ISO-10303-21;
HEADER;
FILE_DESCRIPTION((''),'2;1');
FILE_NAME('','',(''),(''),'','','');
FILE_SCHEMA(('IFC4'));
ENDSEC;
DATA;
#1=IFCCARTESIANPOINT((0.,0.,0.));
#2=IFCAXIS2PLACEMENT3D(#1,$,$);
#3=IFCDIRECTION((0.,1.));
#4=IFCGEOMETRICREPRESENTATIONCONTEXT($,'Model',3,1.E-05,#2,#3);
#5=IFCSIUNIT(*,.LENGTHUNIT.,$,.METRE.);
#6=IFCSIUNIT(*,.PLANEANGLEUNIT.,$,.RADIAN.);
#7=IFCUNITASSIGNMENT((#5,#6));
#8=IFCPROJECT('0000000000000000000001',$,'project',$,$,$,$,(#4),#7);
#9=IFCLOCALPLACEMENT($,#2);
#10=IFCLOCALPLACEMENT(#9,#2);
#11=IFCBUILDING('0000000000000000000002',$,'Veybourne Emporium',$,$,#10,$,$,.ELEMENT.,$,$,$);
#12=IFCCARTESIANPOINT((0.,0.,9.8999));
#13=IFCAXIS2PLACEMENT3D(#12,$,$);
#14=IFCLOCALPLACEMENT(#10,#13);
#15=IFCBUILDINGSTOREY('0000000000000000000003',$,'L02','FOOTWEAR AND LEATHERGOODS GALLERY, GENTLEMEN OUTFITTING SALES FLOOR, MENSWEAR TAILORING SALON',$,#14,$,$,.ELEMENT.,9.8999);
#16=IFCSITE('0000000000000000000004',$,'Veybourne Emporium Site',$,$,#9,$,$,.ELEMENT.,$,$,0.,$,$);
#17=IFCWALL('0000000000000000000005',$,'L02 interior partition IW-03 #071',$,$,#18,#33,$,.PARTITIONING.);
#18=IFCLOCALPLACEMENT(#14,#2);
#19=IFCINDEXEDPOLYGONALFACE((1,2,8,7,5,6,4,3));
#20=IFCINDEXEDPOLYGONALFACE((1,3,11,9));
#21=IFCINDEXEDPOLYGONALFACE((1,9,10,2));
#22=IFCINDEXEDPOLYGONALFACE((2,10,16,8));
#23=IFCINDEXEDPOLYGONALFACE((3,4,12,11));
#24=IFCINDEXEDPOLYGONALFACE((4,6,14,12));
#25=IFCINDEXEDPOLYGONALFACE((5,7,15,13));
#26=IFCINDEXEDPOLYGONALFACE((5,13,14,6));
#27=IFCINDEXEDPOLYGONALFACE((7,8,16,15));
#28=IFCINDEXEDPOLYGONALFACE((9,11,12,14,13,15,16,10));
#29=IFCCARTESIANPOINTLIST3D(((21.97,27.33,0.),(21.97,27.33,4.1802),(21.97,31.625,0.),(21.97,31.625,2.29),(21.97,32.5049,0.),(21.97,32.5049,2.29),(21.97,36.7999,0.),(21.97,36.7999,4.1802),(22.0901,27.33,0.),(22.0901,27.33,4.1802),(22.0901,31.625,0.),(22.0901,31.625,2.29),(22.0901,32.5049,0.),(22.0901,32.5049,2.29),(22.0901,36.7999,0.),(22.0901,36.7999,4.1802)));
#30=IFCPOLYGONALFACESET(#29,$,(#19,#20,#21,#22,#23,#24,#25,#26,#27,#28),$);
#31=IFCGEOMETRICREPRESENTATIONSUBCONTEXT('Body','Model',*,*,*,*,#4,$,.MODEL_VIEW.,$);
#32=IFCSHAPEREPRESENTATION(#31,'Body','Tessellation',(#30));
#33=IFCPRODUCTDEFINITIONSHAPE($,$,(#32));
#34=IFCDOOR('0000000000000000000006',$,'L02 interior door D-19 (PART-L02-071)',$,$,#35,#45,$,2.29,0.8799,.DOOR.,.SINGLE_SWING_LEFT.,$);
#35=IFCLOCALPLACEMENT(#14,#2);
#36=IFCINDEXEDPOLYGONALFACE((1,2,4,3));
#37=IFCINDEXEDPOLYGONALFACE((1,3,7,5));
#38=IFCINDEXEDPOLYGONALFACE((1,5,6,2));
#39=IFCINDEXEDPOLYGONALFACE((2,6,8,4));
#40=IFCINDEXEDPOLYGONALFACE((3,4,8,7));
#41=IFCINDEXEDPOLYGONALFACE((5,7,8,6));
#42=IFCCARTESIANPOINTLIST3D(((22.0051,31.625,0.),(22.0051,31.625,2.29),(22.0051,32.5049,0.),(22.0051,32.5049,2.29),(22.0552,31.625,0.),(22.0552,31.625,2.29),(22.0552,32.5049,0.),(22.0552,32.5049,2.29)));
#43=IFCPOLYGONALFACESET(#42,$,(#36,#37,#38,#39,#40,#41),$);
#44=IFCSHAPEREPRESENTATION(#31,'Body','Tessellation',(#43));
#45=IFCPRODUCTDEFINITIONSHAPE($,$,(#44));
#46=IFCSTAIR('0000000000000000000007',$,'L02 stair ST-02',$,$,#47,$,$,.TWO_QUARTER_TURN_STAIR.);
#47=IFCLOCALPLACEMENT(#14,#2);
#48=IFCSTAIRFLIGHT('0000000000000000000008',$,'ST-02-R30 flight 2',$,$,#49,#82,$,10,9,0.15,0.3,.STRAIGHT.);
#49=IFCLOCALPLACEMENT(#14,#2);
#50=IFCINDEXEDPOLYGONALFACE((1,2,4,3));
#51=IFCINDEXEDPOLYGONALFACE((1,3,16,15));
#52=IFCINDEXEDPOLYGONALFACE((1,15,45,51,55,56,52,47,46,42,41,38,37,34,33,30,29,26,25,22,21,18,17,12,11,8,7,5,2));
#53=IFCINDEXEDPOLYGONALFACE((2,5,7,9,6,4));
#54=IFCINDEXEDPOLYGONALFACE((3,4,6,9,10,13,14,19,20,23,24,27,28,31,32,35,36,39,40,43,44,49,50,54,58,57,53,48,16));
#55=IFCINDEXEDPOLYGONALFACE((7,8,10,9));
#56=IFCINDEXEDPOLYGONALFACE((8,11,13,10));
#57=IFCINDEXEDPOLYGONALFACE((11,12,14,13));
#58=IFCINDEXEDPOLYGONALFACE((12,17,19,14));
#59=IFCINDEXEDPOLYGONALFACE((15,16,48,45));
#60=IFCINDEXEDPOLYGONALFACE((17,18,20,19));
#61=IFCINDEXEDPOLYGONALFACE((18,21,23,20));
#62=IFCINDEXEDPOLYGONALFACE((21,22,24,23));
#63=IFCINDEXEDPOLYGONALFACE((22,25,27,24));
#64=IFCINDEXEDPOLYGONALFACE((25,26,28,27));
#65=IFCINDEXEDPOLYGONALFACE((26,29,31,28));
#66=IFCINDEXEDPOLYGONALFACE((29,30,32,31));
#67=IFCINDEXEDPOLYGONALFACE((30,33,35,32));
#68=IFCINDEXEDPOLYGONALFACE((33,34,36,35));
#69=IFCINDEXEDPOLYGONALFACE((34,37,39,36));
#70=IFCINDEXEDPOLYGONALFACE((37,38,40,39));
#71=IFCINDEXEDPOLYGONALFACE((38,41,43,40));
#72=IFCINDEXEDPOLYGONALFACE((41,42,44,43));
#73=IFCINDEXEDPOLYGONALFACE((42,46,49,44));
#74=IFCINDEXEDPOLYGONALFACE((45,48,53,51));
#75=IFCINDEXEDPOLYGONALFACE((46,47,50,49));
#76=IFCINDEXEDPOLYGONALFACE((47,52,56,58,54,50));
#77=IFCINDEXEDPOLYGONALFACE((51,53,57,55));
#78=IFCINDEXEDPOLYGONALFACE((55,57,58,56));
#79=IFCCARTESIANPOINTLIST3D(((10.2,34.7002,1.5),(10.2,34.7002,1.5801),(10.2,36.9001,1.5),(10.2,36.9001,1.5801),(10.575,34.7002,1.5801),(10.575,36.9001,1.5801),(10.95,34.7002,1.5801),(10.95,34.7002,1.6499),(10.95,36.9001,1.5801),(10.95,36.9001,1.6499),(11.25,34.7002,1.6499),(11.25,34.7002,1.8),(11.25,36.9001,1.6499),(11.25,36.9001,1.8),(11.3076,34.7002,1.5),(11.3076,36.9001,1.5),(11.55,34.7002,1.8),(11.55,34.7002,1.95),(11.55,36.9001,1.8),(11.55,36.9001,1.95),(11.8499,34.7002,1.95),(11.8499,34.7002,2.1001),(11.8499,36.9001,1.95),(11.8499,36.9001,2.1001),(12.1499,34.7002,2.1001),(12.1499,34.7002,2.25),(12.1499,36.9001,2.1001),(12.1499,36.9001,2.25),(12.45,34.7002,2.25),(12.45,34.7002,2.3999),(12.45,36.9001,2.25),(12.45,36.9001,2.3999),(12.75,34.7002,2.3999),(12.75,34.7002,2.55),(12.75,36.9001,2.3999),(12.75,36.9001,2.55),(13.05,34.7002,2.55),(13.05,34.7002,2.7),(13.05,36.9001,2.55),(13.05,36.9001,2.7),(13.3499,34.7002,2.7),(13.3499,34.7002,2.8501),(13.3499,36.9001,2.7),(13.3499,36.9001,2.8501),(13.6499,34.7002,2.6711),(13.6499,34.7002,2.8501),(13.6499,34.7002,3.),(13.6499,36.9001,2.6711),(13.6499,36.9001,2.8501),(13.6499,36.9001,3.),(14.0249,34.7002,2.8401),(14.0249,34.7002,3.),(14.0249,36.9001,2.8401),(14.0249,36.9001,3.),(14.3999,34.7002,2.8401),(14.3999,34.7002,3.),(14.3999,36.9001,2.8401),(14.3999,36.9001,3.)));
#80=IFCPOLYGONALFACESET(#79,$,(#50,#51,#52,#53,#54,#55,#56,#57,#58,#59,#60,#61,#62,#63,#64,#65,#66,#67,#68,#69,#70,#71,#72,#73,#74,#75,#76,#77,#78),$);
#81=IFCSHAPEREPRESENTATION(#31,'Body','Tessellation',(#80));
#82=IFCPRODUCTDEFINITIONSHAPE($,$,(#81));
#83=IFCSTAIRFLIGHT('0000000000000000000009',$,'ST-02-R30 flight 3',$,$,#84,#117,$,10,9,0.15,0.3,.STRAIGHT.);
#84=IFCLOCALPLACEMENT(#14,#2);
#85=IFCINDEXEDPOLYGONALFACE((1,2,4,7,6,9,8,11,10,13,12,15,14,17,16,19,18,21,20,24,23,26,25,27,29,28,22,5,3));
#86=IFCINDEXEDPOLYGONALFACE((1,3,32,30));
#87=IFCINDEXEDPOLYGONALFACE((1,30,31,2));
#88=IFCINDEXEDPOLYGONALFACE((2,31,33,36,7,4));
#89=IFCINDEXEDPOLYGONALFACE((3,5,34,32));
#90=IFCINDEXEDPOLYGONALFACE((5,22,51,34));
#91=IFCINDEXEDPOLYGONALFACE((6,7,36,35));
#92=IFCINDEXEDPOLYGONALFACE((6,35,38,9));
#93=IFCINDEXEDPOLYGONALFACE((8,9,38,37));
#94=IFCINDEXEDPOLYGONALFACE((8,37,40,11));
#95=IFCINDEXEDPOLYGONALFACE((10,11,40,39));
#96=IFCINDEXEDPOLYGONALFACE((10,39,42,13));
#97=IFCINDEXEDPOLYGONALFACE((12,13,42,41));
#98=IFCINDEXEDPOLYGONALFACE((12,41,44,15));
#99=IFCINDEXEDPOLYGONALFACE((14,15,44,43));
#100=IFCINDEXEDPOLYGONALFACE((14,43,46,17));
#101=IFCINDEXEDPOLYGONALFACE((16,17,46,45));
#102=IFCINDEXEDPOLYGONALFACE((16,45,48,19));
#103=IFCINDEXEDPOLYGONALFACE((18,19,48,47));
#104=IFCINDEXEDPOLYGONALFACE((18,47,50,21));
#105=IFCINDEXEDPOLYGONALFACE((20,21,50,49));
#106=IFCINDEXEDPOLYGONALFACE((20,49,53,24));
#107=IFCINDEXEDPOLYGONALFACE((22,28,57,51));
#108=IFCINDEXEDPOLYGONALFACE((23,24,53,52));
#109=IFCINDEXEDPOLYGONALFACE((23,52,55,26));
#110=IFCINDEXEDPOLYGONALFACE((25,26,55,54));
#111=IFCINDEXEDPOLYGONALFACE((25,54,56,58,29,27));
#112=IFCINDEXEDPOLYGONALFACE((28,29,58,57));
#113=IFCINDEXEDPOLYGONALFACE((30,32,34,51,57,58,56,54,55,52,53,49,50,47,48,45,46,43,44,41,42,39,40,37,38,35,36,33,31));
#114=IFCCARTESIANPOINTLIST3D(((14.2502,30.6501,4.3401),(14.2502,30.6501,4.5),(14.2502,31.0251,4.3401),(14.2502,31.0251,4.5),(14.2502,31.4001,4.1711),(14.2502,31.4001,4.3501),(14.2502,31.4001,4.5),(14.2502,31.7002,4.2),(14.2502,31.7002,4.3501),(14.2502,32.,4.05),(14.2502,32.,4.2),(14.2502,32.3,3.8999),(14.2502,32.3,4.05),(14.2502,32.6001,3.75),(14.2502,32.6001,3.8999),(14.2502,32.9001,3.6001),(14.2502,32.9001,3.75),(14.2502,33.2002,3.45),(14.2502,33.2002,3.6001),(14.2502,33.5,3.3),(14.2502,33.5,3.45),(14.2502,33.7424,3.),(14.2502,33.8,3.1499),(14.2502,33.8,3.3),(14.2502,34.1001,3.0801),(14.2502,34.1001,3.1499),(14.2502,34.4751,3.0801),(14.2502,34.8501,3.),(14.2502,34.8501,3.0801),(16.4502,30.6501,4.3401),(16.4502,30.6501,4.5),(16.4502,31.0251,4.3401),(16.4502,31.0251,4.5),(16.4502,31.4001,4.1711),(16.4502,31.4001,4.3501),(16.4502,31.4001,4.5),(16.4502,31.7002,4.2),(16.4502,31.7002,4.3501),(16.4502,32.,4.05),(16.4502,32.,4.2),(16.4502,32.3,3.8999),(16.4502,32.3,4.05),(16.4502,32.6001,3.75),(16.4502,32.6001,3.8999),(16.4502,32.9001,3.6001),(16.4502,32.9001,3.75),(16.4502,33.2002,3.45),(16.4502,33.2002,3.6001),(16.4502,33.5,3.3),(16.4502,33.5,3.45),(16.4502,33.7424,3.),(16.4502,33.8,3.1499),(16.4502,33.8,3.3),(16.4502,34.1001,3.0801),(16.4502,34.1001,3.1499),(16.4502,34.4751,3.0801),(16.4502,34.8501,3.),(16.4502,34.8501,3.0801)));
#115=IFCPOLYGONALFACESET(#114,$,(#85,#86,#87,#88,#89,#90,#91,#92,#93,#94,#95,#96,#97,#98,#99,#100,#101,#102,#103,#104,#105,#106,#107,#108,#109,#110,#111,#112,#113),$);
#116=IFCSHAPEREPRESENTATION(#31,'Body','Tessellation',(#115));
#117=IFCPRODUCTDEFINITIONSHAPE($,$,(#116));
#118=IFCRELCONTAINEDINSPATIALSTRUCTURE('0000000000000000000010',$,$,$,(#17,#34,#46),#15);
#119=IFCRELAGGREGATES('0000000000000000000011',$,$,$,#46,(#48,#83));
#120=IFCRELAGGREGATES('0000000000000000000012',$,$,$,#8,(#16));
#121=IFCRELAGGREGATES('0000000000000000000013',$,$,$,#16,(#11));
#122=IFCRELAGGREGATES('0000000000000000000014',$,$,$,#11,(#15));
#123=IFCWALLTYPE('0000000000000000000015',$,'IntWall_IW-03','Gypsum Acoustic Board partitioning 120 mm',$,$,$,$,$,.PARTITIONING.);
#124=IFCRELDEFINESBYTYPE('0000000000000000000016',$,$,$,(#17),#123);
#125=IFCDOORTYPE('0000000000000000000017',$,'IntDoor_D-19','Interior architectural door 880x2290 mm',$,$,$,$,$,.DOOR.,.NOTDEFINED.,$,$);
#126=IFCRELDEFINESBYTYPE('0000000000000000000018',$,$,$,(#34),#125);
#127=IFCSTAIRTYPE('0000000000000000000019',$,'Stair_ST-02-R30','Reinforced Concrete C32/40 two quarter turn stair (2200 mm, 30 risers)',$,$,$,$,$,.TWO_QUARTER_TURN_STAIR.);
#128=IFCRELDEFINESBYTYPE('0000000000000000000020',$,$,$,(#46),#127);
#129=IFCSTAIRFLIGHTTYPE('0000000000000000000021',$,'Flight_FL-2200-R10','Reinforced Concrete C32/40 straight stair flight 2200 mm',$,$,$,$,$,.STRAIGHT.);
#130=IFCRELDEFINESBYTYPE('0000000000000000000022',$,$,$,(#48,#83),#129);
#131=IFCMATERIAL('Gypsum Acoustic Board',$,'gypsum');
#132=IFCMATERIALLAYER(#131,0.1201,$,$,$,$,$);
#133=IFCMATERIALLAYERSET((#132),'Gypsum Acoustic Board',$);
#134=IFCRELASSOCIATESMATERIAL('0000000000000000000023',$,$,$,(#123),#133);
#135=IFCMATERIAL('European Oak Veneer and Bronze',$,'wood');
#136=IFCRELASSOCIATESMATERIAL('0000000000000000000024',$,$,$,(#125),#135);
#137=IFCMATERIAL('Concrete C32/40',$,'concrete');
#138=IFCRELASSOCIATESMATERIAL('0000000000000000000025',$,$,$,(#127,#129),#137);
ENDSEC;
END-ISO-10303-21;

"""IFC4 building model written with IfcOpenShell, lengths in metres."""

from ifc_helpers import new_model, si_unit, direction, frame, frame_2d, origin, place, context, subcontext, project, spatial, polyline, rectangle, outline, extrude, material, layer, layer_set, type_object, element, fill, aggregate, save


model = new_model("IFC4")

# Units and contexts
model_context = context("Model", 3, precision=1e-05, world=origin(), true_north=direction((0.0, 1.0)))
body_context = subcontext(model_context, "Body", "Model", "MODEL_VIEW")
ifc_project = project(units=[si_unit("LENGTHUNIT", "METRE"), si_unit("PLANEANGLEUNIT", "RADIAN")], contexts=[model_context])

# Site, building, storey
site_placement = place(None, origin())
site = spatial("IfcSite", under=ifc_project, at=site_placement, Name="Veybourne Emporium Site", CompositionType="ELEMENT", RefElevation=0.0)
building_placement = place(site_placement, origin())
building = spatial("IfcBuilding", under=site, at=building_placement, Name="Veybourne Emporium", CompositionType="ELEMENT")
storey_placement = place(building_placement, frame((0.0, 0.0, 9.8999)))
storey = spatial("IfcBuildingStorey", under=building, at=storey_placement, Name="L02", Description="FOOTWEAR AND LEATHERGOODS GALLERY, GENTLEMEN OUTFITTING SALES FLOOR, MENSWEAR TAILORING SALON", CompositionType="ELEMENT", Elevation=9.8999)

# Shared definitions
ifc_material_1 = material(Name="Concrete C32/40", Category="concrete")

# Wall, opening, door
ifc_material_2 = material(Name="Gypsum Acoustic Board", Category="gypsum")
ifc_material_3 = material(Name="European Oak Veneer and Bronze", Category="wood")
ifc_layer_1 = layer(ifc_material_2, 0.1201)
ifc_layer_set_1 = layer_set([ifc_layer_1], Name="Gypsum Acoustic Board")
wall_type_1 = type_object("IfcWallType", Name="IntWall_IW-03", Description="Gypsum Acoustic Board partitioning 120 mm", PredefinedType="PARTITIONING", material=ifc_layer_set_1)
wall_1_placement = place(storey_placement, frame((22.03, 27.3301, 0.0), z_axis=(0.0, 0.0, 1.0), x_axis=(0.0, 1.0, 0.0)))
wall_1 = element("IfcWall", 1, at=wall_1_placement, inside=storey, type_object=wall_type_1, Name="L02 interior partition IW-03 #071", PredefinedType="PARTITIONING", context=body_context, shape_type="SweptSolid", body=[
    extrude(rectangle(XDim=9.47, YDim=0.1201, at=frame_2d((4.7349, 0.0))), origin(), (0.0, 0.0, 1.0), 4.1802),
])
opening_1_placement = place(wall_1_placement, frame((4.2949, 0.0, 0.0)))
opening_1 = element("IfcOpeningElement", 2, at=opening_1_placement, cuts=wall_1, PredefinedType="OPENING", context=body_context, shape_type="SweptSolid", body=[
    extrude(rectangle(XDim=0.8799, YDim=2.29, at=frame_2d((0.4399, 1.145))), frame((0.0, 0.0801, 0.0), z_axis=(0.0, -1.0, 0.0), x_axis=(1.0, 0.0, 0.0)), (0.0, 0.0, 1.0), 0.1602),
])
door_type_1 = type_object("IfcDoorType", Name="IntDoor_D-19", Description="Interior architectural door 880x2290 mm", OperationType="NOTDEFINED", PredefinedType="DOOR", material=ifc_material_3)
door_1_placement = place(opening_1_placement, origin())
door_1 = element("IfcDoor", 3, at=door_1_placement, inside=storey, type_object=door_type_1, Name="L02 interior door D-19 (PART-L02-071)", OperationType="SINGLE_SWING_LEFT", OverallHeight=2.29, OverallWidth=0.8799, PredefinedType="DOOR", context=body_context, shape_type="SweptSolid", body=[
    extrude(rectangle(XDim=0.8799, YDim=2.29, at=frame_2d((0.4399, 1.145))), frame((0.0, 0.0249, 0.0), z_axis=(0.0, -1.0, 0.0), x_axis=(1.0, 0.0, 0.0)), (0.0, 0.0, 1.0), 0.05),
])
fill(opening_1, door_1)

# Stair, stair flights
stair_type = type_object("IfcStairType", Name="Stair_ST-02-R30", Description="Reinforced Concrete C32/40 two quarter turn stair (2200 mm, 30 risers)", PredefinedType="TWO_QUARTER_TURN_STAIR", material=ifc_material_1)
stair_placement = place(storey_placement, origin())
stair = element("IfcStair", 4, at=stair_placement, inside=storey, type_object=stair_type, Name="L02 stair ST-02", PredefinedType="TWO_QUARTER_TURN_STAIR")
stair_flight_type = type_object("IfcStairFlightType", Name="Flight_FL-2200-R10", Description="Reinforced Concrete C32/40 straight stair flight 2200 mm", PredefinedType="STRAIGHT", material=ifc_material_1)
stair_flight_1_placement = place(storey_placement, frame((10.95, 35.8, 1.5), z_axis=(0.0, 0.0, 1.0), x_axis=(1.0, 0.0, 0.0)))
stair_flight_1 = element("IfcStairFlight", 5, at=stair_flight_1_placement, type_object=stair_flight_type, Name="ST-02-R30 flight 2", NumberOfRisers=10, NumberOfTreads=9, PredefinedType="STRAIGHT", RiserHeight=0.15, TreadLength=0.3, context=body_context, shape_type="SweptSolid", body=[
    extrude(outline(polyline([(-0.75, 0.0), (-0.75, 0.0801), (-0.375, 0.0801), (0.0, 0.0801), (0.0, 0.1499), (0.3, 0.1499), (0.3, 0.3), (0.6001, 0.3), (0.6001, 0.45), (0.8999, 0.45), (0.8999, 0.6001), (1.2, 0.6001), (1.2, 0.75), (1.5, 0.75), (1.5, 0.8999), (1.8, 0.8999), (1.8, 1.05), (2.1001, 1.05), (2.1001, 1.2), (2.3999, 1.2), (2.3999, 1.3501), (2.7, 1.3501), (2.7, 1.5), (3.075, 1.5), (3.45, 1.5), (3.45, 1.3401), (3.075, 1.3401), (2.7, 1.1711), (0.3577, 0.0), (-0.75, 0.0)])), frame((0.0, 1.1001, 0.0), z_axis=(0.0, -1.0, 0.0), x_axis=(1.0, 0.0, 0.0)), (0.0, 0.0, 1.0), 2.2),
])
stair_flight_2_placement = place(storey_placement, frame((15.3501, 34.1001, 3.0), z_axis=(0.0, 0.0, 1.0), x_axis=(0.0, -1.0, 0.0)))
stair_flight_2 = element("IfcStairFlight", 6, at=stair_flight_2_placement, type_object=stair_flight_type, Name="ST-02-R30 flight 3", NumberOfRisers=10, NumberOfTreads=9, PredefinedType="STRAIGHT", RiserHeight=0.15, TreadLength=0.3, context=body_context, shape_type="SweptSolid", body=[
    extrude(outline(polyline([(-0.75, 0.0), (-0.75, 0.0801), (-0.375, 0.0801), (0.0, 0.0801), (0.0, 0.1499), (0.3, 0.1499), (0.3, 0.3), (0.6001, 0.3), (0.6001, 0.45), (0.8999, 0.45), (0.8999, 0.6001), (1.2, 0.6001), (1.2, 0.75), (1.5, 0.75), (1.5, 0.8999), (1.8, 0.8999), (1.8, 1.05), (2.1001, 1.05), (2.1001, 1.2), (2.3999, 1.2), (2.3999, 1.3501), (2.7, 1.3501), (2.7, 1.5), (3.075, 1.5), (3.45, 1.5), (3.45, 1.3401), (3.075, 1.3401), (2.7, 1.1711), (0.3577, 0.0), (-0.75, 0.0)])), frame((0.0, 1.1001, 0.0), z_axis=(0.0, -1.0, 0.0), x_axis=(1.0, 0.0, 0.0)), (0.0, 0.0, 1.0), 2.2),
])
aggregate(stair, [stair_flight_1, stair_flight_2])

save(model, "model.ifc")
